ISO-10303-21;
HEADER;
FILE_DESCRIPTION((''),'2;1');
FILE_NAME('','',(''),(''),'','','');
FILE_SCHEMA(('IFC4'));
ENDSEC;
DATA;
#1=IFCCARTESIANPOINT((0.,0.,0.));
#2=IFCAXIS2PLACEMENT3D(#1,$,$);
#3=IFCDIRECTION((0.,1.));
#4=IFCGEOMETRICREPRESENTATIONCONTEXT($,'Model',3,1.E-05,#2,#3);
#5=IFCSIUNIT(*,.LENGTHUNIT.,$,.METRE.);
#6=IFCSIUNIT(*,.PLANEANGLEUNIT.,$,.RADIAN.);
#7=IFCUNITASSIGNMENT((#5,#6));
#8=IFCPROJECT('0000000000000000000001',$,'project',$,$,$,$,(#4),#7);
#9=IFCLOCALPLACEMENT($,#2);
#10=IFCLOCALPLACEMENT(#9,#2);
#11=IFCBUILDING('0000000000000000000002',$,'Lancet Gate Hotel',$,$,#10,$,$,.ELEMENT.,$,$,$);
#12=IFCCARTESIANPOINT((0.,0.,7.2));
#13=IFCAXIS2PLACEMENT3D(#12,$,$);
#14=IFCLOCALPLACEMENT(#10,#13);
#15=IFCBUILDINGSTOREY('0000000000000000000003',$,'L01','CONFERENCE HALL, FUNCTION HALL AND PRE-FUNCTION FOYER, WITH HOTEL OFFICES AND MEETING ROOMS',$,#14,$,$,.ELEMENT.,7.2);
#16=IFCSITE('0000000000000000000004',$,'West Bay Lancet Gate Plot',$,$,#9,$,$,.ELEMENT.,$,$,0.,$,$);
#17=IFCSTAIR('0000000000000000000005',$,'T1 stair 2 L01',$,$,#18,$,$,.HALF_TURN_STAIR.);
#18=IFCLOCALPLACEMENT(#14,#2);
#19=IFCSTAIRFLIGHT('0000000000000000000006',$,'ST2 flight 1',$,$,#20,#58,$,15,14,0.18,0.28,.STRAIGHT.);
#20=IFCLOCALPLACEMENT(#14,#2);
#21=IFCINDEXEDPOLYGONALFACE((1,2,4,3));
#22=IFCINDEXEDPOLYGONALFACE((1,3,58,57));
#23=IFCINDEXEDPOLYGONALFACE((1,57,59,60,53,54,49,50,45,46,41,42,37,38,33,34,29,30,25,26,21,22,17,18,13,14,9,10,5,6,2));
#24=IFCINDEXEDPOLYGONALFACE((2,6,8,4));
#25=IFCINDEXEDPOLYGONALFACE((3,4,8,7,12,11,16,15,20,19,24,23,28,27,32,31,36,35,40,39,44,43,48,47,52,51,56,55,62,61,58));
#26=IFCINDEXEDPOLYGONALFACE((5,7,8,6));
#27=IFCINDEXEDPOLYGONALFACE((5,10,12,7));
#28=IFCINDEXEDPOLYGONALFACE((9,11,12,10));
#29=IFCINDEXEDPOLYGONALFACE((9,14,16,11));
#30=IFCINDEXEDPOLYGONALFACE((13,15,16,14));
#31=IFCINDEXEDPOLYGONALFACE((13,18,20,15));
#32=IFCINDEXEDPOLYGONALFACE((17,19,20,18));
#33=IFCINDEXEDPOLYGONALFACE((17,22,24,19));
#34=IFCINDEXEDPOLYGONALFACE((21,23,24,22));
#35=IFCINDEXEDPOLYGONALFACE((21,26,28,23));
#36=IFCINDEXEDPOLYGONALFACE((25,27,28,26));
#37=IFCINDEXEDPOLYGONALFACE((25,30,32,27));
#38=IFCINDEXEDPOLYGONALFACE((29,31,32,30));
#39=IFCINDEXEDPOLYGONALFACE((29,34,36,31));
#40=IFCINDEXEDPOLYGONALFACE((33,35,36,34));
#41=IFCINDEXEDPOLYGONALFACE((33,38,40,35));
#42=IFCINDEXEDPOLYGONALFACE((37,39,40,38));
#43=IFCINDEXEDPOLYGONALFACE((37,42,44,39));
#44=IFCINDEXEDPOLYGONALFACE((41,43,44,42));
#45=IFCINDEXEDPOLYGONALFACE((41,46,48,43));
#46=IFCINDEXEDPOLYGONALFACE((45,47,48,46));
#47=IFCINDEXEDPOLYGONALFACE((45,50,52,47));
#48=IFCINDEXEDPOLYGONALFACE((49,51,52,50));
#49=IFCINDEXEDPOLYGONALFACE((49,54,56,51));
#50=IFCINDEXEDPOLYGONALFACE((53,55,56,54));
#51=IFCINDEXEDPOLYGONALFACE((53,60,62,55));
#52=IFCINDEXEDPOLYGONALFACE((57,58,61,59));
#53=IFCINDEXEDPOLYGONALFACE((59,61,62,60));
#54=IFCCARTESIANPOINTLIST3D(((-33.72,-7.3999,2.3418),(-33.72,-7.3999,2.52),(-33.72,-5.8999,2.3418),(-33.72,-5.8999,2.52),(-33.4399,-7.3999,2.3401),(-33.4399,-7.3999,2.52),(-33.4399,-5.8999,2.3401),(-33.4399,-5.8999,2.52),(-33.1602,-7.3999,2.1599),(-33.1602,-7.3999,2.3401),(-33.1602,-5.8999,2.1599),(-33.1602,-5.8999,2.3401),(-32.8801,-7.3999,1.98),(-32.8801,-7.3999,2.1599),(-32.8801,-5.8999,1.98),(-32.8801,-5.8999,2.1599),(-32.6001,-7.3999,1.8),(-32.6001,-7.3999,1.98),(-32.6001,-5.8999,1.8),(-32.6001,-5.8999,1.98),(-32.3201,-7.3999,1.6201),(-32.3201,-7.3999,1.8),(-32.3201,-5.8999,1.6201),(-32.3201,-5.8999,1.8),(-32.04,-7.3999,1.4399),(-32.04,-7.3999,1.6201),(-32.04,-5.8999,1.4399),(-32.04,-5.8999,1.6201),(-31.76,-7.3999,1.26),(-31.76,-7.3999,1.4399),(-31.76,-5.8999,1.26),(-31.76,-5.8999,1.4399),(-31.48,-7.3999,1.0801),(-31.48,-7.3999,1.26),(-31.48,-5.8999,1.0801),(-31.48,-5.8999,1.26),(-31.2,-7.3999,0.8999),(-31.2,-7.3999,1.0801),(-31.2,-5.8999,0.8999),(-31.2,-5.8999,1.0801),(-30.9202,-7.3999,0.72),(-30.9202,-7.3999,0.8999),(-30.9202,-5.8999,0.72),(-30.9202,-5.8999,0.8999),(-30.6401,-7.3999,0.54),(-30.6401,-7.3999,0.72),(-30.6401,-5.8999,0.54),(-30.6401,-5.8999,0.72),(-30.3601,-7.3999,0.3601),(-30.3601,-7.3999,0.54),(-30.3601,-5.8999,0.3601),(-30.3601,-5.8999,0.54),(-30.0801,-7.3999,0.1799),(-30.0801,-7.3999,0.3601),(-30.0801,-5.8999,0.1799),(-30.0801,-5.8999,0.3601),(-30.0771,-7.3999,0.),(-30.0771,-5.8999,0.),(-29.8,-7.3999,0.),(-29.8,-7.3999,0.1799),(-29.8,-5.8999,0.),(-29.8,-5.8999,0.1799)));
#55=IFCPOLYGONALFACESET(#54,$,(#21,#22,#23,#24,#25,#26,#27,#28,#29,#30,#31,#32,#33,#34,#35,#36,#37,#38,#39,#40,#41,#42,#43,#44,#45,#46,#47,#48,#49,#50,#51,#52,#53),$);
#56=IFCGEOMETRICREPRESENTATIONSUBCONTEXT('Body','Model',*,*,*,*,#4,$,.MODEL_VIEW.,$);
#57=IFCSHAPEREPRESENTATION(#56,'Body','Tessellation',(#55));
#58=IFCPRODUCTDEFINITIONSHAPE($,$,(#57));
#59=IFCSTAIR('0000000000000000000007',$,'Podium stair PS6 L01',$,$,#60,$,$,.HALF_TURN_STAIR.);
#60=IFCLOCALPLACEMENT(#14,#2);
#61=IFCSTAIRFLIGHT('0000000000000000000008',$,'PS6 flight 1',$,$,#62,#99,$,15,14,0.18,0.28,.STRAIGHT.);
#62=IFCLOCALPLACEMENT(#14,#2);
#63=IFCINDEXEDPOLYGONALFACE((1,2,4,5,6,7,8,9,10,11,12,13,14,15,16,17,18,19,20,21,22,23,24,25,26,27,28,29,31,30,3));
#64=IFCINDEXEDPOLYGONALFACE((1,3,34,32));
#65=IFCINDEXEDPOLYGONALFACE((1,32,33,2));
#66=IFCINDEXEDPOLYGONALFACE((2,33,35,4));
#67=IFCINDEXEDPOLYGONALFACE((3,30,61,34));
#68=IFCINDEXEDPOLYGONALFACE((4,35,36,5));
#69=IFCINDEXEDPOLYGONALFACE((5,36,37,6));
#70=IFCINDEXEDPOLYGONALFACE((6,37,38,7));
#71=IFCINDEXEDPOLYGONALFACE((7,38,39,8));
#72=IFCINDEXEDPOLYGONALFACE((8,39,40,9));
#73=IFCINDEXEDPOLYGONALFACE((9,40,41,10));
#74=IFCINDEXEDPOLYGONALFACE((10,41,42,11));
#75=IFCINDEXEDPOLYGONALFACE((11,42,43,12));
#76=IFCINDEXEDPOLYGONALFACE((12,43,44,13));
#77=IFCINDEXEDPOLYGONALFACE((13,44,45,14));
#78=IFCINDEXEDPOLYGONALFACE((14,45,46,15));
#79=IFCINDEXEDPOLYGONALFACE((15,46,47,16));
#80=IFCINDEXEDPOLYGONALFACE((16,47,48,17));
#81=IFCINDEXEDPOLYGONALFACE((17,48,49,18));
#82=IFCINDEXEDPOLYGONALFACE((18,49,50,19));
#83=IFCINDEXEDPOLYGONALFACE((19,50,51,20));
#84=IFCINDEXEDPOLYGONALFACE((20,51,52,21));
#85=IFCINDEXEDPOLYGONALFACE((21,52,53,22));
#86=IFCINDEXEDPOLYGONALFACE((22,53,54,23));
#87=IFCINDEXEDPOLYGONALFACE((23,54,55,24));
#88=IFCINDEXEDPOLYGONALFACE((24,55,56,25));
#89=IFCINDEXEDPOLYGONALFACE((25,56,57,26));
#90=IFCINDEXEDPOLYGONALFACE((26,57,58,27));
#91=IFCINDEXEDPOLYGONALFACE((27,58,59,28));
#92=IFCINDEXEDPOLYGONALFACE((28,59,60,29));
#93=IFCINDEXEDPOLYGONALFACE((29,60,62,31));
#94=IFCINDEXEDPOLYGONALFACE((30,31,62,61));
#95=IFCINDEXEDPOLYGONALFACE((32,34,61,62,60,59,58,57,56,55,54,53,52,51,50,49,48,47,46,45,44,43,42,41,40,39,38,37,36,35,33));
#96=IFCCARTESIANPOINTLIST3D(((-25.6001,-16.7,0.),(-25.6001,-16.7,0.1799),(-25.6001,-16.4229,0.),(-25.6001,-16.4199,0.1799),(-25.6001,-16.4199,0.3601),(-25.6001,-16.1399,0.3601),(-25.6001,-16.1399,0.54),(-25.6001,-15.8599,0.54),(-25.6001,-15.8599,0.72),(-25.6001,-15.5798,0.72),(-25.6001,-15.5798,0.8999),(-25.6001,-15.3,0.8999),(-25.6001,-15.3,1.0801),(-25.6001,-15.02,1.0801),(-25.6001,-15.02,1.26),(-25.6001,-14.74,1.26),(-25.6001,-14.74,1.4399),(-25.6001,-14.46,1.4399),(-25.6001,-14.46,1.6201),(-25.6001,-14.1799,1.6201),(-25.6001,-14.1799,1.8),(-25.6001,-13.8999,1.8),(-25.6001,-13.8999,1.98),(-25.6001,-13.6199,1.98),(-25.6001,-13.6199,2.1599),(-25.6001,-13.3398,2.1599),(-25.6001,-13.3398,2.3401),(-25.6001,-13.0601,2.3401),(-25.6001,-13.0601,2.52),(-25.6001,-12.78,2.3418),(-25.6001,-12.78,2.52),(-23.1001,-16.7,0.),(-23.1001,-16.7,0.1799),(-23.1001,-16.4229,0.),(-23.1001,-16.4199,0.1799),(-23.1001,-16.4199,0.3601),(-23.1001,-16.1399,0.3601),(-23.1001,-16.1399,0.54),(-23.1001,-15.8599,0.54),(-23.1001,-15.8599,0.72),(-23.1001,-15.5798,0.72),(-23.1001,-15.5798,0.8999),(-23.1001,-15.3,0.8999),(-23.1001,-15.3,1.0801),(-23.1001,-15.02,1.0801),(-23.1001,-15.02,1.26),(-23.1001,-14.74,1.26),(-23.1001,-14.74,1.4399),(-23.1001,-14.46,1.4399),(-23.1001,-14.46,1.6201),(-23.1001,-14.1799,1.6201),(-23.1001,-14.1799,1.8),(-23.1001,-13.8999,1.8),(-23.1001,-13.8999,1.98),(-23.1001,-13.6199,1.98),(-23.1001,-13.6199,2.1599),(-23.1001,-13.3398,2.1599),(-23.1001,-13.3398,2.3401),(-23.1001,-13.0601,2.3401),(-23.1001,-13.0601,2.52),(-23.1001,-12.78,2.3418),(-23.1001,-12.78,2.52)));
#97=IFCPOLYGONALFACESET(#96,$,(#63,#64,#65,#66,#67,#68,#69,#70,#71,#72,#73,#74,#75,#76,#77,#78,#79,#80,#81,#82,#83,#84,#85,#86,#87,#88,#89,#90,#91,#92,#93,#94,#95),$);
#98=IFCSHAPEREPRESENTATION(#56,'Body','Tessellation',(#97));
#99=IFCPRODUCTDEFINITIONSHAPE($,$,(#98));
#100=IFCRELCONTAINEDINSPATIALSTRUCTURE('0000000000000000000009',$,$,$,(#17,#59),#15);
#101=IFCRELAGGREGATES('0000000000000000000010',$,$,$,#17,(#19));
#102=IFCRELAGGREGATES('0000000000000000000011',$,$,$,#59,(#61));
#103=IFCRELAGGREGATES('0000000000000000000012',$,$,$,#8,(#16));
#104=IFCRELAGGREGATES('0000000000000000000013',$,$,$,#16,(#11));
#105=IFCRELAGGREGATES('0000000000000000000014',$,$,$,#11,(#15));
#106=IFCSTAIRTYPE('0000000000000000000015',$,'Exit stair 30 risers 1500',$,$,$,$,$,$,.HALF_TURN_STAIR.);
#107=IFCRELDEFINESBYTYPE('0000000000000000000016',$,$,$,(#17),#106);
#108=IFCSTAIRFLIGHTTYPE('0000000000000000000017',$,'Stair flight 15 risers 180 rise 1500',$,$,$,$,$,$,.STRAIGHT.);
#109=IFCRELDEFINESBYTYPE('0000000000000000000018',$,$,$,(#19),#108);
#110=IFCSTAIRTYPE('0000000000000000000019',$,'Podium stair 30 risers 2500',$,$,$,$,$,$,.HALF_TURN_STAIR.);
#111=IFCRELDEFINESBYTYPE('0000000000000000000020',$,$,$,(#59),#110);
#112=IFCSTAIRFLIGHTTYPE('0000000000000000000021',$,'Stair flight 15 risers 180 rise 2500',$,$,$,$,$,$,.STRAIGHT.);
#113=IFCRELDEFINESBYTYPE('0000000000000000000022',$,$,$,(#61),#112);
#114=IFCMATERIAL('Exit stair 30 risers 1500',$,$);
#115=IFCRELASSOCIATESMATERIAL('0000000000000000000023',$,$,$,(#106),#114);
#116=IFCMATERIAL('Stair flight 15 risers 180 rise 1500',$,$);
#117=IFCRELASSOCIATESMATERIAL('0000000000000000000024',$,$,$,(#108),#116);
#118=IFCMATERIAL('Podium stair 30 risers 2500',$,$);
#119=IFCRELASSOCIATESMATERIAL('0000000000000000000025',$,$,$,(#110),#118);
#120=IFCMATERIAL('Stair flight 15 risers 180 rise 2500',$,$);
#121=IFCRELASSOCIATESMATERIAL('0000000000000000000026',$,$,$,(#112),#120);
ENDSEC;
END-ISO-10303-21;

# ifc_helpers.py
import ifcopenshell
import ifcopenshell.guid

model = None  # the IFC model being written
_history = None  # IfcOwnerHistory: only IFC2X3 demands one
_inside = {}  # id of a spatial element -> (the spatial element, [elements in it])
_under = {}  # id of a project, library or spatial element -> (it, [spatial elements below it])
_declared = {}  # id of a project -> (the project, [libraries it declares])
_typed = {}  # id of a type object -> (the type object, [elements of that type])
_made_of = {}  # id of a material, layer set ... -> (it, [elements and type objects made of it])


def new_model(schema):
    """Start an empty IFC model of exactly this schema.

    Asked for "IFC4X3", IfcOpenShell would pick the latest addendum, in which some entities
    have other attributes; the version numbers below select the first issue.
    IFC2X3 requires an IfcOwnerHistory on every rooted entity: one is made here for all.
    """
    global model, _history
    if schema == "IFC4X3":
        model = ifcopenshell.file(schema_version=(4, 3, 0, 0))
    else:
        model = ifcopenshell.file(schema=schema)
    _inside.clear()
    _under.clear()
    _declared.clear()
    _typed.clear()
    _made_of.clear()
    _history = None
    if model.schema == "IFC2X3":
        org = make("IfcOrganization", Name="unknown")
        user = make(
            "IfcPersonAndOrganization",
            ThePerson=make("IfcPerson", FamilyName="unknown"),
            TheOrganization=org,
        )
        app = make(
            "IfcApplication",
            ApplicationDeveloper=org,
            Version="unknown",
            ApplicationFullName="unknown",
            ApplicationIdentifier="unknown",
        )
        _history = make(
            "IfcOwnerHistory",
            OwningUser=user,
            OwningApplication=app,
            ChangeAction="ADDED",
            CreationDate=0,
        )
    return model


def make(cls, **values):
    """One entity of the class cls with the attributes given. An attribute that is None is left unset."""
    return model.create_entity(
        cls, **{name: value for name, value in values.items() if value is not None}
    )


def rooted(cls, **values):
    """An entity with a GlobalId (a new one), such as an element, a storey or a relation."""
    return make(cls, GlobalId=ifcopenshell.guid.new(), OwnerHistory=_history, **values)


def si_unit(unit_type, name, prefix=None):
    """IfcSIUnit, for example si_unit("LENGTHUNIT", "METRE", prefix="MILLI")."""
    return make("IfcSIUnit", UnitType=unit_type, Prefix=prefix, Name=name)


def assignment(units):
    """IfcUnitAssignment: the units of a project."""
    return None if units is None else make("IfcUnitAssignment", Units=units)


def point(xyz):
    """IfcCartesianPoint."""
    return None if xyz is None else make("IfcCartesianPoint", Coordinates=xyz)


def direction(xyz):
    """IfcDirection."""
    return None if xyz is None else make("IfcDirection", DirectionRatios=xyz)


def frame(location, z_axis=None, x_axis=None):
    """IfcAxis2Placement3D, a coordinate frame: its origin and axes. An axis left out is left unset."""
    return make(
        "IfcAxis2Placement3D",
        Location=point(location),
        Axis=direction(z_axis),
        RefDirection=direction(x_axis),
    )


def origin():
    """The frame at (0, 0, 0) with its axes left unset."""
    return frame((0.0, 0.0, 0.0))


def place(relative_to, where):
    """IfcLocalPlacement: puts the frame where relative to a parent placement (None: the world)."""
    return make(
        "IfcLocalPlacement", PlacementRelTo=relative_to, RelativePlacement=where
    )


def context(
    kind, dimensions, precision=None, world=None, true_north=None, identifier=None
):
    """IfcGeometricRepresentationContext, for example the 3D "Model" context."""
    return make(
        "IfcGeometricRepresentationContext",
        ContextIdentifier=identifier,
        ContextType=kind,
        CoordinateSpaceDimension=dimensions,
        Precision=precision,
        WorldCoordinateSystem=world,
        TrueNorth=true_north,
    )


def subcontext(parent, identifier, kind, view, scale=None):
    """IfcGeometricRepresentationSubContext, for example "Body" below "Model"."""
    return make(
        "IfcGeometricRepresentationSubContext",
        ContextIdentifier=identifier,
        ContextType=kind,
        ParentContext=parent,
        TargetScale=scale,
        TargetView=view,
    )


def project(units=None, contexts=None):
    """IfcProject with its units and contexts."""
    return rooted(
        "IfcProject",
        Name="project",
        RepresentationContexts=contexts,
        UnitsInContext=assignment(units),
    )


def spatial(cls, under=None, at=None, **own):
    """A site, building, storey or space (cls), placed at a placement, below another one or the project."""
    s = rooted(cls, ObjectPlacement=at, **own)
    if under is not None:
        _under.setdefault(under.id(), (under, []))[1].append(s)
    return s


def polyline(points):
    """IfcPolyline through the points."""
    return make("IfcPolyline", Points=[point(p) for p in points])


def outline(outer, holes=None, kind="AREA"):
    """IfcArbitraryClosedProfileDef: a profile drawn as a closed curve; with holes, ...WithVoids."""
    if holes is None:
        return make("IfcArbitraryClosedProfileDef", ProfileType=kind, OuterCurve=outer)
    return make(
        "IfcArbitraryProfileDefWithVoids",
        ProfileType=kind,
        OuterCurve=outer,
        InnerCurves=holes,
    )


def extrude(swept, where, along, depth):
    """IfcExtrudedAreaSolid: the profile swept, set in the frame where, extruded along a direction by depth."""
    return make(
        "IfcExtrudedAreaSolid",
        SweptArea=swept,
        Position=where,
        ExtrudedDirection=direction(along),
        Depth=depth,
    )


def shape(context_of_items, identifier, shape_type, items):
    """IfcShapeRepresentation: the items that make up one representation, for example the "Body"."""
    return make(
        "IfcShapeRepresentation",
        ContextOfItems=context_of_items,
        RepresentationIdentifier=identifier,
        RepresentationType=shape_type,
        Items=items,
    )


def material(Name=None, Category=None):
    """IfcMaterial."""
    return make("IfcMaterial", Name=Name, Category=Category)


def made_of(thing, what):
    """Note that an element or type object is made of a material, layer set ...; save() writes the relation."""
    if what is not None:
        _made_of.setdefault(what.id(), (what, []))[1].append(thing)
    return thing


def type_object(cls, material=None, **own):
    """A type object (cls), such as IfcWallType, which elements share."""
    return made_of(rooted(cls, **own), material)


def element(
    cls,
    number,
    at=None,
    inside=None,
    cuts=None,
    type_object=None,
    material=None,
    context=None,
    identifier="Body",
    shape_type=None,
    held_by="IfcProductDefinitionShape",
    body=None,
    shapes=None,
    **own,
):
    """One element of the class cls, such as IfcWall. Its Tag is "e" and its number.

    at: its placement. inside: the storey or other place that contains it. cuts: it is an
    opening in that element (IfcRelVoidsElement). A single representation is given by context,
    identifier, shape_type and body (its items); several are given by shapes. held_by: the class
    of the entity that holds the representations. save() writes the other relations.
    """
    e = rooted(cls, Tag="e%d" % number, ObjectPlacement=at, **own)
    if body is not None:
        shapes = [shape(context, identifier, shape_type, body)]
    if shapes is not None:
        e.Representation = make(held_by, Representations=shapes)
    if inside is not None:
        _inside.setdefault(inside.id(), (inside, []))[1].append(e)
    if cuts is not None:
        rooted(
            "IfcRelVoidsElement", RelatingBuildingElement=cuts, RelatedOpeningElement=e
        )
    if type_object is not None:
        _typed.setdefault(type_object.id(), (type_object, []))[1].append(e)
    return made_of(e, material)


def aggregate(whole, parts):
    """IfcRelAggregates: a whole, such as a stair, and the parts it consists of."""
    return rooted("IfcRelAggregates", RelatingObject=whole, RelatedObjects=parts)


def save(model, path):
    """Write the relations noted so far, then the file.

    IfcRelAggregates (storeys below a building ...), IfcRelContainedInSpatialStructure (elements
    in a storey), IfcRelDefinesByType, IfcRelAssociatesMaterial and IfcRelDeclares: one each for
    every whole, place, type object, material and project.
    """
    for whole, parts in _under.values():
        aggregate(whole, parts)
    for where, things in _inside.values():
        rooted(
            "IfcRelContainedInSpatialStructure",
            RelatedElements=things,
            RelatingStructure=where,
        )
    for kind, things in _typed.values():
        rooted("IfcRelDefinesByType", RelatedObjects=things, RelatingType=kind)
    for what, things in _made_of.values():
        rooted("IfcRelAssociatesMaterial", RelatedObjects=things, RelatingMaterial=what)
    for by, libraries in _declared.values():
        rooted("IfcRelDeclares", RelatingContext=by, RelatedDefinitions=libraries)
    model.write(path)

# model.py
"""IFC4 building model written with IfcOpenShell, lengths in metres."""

from ifc_helpers import new_model, si_unit, direction, frame, origin, place, context, subcontext, project, spatial, polyline, outline, extrude, material, type_object, element, aggregate, save


model = new_model("IFC4")

# Units and contexts
model_context = context("Model", 3, precision=1e-05, world=origin(), true_north=direction((0.0, 1.0)))
body_context = subcontext(model_context, "Body", "Model", "MODEL_VIEW")
ifc_project = project(units=[si_unit("LENGTHUNIT", "METRE"), si_unit("PLANEANGLEUNIT", "RADIAN")], contexts=[model_context])

# Site, building, storey
site_placement = place(None, origin())
site = spatial("IfcSite", under=ifc_project, at=site_placement, Name="West Bay Lancet Gate Plot", CompositionType="ELEMENT", RefElevation=0.0)
building_placement = place(site_placement, origin())
building = spatial("IfcBuilding", under=site, at=building_placement, Name="Lancet Gate Hotel", CompositionType="ELEMENT")
storey_placement = place(building_placement, frame((0.0, 0.0, 7.2)))
storey = spatial("IfcBuildingStorey", under=building, at=storey_placement, Name="L01", Description="CONFERENCE HALL, FUNCTION HALL AND PRE-FUNCTION FOYER, WITH HOTEL OFFICES AND MEETING ROOMS", CompositionType="ELEMENT", Elevation=7.2)

# Stairs, stair flights
ifc_material_1 = material(Name="Exit stair 30 risers 1500")
stair_type_1 = type_object("IfcStairType", Name="Exit stair 30 risers 1500", PredefinedType="HALF_TURN_STAIR", material=ifc_material_1)
stair_1_placement = place(storey_placement, origin())
stair_1 = element("IfcStair", 1, at=stair_1_placement, inside=storey, type_object=stair_type_1, Name="T1 stair 2 L01", PredefinedType="HALF_TURN_STAIR")
ifc_material_2 = material(Name="Stair flight 15 risers 180 rise 1500")
stair_flight_type_1 = type_object("IfcStairFlightType", Name="Stair flight 15 risers 180 rise 1500", PredefinedType="STRAIGHT", material=ifc_material_2)
stair_flight_1_placement = place(storey_placement, frame((-29.8, -6.6499, 0.0), z_axis=(0.0, 0.0, 1.0), x_axis=(-1.0, 0.0, 0.0)))
stair_flight_1 = element("IfcStairFlight", 2, at=stair_flight_1_placement, type_object=stair_flight_type_1, Name="ST2 flight 1", NumberOfRisers=15, NumberOfTreads=14, PredefinedType="STRAIGHT", RiserHeight=0.18, TreadLength=0.28, context=body_context, shape_type="SweptSolid", body=[
    extrude(outline(polyline([(0.0, 0.0), (0.0, 0.1799), (0.28, 0.1799), (0.28, 0.3601), (0.5601, 0.3601), (0.5601, 0.54), (0.8401, 0.54), (0.8401, 0.72), (1.1201, 0.72), (1.1201, 0.8999), (1.3999, 0.8999), (1.3999, 1.0801), (1.6799, 1.0801), (1.6799, 1.26), (1.96, 1.26), (1.96, 1.4399), (2.24, 1.4399), (2.24, 1.6201), (2.52, 1.6201), (2.52, 1.8), (2.8, 1.8), (2.8, 1.98), (3.0801, 1.98), (3.0801, 2.1599), (3.3601, 2.1599), (3.3601, 2.3401), (3.6399, 2.3401), (3.6399, 2.52), (3.9199, 2.52), (3.9199, 2.7), (3.9199, 2.3418), (0.2771, 0.0), (0.0, 0.0)])), frame((0.0, 0.75, 0.0), z_axis=(0.0, -1.0, 0.0), x_axis=(1.0, 0.0, 0.0)), (0.0, 0.0, 1.0), 1.5),
])
aggregate(stair_1, [stair_flight_1])
ifc_material_3 = material(Name="Podium stair 30 risers 2500")
stair_type_2 = type_object("IfcStairType", Name="Podium stair 30 risers 2500", PredefinedType="HALF_TURN_STAIR", material=ifc_material_3)
stair_2_placement = place(storey_placement, origin())
stair_2 = element("IfcStair", 3, at=stair_2_placement, inside=storey, type_object=stair_type_2, Name="Podium stair PS6 L01", PredefinedType="HALF_TURN_STAIR")
ifc_material_4 = material(Name="Stair flight 15 risers 180 rise 2500")
stair_flight_type_2 = type_object("IfcStairFlightType", Name="Stair flight 15 risers 180 rise 2500", PredefinedType="STRAIGHT", material=ifc_material_4)
stair_flight_2_placement = place(storey_placement, frame((-24.3501, -16.7, 0.0), z_axis=(0.0, 0.0, 1.0), x_axis=(0.0, 1.0, 0.0)))
stair_flight_2 = element("IfcStairFlight", 4, at=stair_flight_2_placement, type_object=stair_flight_type_2, Name="PS6 flight 1", NumberOfRisers=15, NumberOfTreads=14, PredefinedType="STRAIGHT", RiserHeight=0.18, TreadLength=0.28, context=body_context, shape_type="SweptSolid", body=[
    extrude(outline(polyline([(0.0, 0.0), (0.0, 0.1799), (0.28, 0.1799), (0.28, 0.3601), (0.5601, 0.3601), (0.5601, 0.54), (0.8401, 0.54), (0.8401, 0.72), (1.1201, 0.72), (1.1201, 0.8999), (1.3999, 0.8999), (1.3999, 1.0801), (1.6799, 1.0801), (1.6799, 1.26), (1.96, 1.26), (1.96, 1.4399), (2.24, 1.4399), (2.24, 1.6201), (2.52, 1.6201), (2.52, 1.8), (2.8, 1.8), (2.8, 1.98), (3.0801, 1.98), (3.0801, 2.1599), (3.3601, 2.1599), (3.3601, 2.3401), (3.6399, 2.3401), (3.6399, 2.52), (3.9199, 2.52), (3.9199, 2.7), (3.9199, 2.3418), (0.2771, 0.0), (0.0, 0.0)])), frame((0.0, 1.25, 0.0), z_axis=(0.0, -1.0, 0.0), x_axis=(1.0, 0.0, 0.0)), (0.0, 0.0, 1.0), 2.5),
])
aggregate(stair_2, [stair_flight_2])

save(model, "model.ifc")
